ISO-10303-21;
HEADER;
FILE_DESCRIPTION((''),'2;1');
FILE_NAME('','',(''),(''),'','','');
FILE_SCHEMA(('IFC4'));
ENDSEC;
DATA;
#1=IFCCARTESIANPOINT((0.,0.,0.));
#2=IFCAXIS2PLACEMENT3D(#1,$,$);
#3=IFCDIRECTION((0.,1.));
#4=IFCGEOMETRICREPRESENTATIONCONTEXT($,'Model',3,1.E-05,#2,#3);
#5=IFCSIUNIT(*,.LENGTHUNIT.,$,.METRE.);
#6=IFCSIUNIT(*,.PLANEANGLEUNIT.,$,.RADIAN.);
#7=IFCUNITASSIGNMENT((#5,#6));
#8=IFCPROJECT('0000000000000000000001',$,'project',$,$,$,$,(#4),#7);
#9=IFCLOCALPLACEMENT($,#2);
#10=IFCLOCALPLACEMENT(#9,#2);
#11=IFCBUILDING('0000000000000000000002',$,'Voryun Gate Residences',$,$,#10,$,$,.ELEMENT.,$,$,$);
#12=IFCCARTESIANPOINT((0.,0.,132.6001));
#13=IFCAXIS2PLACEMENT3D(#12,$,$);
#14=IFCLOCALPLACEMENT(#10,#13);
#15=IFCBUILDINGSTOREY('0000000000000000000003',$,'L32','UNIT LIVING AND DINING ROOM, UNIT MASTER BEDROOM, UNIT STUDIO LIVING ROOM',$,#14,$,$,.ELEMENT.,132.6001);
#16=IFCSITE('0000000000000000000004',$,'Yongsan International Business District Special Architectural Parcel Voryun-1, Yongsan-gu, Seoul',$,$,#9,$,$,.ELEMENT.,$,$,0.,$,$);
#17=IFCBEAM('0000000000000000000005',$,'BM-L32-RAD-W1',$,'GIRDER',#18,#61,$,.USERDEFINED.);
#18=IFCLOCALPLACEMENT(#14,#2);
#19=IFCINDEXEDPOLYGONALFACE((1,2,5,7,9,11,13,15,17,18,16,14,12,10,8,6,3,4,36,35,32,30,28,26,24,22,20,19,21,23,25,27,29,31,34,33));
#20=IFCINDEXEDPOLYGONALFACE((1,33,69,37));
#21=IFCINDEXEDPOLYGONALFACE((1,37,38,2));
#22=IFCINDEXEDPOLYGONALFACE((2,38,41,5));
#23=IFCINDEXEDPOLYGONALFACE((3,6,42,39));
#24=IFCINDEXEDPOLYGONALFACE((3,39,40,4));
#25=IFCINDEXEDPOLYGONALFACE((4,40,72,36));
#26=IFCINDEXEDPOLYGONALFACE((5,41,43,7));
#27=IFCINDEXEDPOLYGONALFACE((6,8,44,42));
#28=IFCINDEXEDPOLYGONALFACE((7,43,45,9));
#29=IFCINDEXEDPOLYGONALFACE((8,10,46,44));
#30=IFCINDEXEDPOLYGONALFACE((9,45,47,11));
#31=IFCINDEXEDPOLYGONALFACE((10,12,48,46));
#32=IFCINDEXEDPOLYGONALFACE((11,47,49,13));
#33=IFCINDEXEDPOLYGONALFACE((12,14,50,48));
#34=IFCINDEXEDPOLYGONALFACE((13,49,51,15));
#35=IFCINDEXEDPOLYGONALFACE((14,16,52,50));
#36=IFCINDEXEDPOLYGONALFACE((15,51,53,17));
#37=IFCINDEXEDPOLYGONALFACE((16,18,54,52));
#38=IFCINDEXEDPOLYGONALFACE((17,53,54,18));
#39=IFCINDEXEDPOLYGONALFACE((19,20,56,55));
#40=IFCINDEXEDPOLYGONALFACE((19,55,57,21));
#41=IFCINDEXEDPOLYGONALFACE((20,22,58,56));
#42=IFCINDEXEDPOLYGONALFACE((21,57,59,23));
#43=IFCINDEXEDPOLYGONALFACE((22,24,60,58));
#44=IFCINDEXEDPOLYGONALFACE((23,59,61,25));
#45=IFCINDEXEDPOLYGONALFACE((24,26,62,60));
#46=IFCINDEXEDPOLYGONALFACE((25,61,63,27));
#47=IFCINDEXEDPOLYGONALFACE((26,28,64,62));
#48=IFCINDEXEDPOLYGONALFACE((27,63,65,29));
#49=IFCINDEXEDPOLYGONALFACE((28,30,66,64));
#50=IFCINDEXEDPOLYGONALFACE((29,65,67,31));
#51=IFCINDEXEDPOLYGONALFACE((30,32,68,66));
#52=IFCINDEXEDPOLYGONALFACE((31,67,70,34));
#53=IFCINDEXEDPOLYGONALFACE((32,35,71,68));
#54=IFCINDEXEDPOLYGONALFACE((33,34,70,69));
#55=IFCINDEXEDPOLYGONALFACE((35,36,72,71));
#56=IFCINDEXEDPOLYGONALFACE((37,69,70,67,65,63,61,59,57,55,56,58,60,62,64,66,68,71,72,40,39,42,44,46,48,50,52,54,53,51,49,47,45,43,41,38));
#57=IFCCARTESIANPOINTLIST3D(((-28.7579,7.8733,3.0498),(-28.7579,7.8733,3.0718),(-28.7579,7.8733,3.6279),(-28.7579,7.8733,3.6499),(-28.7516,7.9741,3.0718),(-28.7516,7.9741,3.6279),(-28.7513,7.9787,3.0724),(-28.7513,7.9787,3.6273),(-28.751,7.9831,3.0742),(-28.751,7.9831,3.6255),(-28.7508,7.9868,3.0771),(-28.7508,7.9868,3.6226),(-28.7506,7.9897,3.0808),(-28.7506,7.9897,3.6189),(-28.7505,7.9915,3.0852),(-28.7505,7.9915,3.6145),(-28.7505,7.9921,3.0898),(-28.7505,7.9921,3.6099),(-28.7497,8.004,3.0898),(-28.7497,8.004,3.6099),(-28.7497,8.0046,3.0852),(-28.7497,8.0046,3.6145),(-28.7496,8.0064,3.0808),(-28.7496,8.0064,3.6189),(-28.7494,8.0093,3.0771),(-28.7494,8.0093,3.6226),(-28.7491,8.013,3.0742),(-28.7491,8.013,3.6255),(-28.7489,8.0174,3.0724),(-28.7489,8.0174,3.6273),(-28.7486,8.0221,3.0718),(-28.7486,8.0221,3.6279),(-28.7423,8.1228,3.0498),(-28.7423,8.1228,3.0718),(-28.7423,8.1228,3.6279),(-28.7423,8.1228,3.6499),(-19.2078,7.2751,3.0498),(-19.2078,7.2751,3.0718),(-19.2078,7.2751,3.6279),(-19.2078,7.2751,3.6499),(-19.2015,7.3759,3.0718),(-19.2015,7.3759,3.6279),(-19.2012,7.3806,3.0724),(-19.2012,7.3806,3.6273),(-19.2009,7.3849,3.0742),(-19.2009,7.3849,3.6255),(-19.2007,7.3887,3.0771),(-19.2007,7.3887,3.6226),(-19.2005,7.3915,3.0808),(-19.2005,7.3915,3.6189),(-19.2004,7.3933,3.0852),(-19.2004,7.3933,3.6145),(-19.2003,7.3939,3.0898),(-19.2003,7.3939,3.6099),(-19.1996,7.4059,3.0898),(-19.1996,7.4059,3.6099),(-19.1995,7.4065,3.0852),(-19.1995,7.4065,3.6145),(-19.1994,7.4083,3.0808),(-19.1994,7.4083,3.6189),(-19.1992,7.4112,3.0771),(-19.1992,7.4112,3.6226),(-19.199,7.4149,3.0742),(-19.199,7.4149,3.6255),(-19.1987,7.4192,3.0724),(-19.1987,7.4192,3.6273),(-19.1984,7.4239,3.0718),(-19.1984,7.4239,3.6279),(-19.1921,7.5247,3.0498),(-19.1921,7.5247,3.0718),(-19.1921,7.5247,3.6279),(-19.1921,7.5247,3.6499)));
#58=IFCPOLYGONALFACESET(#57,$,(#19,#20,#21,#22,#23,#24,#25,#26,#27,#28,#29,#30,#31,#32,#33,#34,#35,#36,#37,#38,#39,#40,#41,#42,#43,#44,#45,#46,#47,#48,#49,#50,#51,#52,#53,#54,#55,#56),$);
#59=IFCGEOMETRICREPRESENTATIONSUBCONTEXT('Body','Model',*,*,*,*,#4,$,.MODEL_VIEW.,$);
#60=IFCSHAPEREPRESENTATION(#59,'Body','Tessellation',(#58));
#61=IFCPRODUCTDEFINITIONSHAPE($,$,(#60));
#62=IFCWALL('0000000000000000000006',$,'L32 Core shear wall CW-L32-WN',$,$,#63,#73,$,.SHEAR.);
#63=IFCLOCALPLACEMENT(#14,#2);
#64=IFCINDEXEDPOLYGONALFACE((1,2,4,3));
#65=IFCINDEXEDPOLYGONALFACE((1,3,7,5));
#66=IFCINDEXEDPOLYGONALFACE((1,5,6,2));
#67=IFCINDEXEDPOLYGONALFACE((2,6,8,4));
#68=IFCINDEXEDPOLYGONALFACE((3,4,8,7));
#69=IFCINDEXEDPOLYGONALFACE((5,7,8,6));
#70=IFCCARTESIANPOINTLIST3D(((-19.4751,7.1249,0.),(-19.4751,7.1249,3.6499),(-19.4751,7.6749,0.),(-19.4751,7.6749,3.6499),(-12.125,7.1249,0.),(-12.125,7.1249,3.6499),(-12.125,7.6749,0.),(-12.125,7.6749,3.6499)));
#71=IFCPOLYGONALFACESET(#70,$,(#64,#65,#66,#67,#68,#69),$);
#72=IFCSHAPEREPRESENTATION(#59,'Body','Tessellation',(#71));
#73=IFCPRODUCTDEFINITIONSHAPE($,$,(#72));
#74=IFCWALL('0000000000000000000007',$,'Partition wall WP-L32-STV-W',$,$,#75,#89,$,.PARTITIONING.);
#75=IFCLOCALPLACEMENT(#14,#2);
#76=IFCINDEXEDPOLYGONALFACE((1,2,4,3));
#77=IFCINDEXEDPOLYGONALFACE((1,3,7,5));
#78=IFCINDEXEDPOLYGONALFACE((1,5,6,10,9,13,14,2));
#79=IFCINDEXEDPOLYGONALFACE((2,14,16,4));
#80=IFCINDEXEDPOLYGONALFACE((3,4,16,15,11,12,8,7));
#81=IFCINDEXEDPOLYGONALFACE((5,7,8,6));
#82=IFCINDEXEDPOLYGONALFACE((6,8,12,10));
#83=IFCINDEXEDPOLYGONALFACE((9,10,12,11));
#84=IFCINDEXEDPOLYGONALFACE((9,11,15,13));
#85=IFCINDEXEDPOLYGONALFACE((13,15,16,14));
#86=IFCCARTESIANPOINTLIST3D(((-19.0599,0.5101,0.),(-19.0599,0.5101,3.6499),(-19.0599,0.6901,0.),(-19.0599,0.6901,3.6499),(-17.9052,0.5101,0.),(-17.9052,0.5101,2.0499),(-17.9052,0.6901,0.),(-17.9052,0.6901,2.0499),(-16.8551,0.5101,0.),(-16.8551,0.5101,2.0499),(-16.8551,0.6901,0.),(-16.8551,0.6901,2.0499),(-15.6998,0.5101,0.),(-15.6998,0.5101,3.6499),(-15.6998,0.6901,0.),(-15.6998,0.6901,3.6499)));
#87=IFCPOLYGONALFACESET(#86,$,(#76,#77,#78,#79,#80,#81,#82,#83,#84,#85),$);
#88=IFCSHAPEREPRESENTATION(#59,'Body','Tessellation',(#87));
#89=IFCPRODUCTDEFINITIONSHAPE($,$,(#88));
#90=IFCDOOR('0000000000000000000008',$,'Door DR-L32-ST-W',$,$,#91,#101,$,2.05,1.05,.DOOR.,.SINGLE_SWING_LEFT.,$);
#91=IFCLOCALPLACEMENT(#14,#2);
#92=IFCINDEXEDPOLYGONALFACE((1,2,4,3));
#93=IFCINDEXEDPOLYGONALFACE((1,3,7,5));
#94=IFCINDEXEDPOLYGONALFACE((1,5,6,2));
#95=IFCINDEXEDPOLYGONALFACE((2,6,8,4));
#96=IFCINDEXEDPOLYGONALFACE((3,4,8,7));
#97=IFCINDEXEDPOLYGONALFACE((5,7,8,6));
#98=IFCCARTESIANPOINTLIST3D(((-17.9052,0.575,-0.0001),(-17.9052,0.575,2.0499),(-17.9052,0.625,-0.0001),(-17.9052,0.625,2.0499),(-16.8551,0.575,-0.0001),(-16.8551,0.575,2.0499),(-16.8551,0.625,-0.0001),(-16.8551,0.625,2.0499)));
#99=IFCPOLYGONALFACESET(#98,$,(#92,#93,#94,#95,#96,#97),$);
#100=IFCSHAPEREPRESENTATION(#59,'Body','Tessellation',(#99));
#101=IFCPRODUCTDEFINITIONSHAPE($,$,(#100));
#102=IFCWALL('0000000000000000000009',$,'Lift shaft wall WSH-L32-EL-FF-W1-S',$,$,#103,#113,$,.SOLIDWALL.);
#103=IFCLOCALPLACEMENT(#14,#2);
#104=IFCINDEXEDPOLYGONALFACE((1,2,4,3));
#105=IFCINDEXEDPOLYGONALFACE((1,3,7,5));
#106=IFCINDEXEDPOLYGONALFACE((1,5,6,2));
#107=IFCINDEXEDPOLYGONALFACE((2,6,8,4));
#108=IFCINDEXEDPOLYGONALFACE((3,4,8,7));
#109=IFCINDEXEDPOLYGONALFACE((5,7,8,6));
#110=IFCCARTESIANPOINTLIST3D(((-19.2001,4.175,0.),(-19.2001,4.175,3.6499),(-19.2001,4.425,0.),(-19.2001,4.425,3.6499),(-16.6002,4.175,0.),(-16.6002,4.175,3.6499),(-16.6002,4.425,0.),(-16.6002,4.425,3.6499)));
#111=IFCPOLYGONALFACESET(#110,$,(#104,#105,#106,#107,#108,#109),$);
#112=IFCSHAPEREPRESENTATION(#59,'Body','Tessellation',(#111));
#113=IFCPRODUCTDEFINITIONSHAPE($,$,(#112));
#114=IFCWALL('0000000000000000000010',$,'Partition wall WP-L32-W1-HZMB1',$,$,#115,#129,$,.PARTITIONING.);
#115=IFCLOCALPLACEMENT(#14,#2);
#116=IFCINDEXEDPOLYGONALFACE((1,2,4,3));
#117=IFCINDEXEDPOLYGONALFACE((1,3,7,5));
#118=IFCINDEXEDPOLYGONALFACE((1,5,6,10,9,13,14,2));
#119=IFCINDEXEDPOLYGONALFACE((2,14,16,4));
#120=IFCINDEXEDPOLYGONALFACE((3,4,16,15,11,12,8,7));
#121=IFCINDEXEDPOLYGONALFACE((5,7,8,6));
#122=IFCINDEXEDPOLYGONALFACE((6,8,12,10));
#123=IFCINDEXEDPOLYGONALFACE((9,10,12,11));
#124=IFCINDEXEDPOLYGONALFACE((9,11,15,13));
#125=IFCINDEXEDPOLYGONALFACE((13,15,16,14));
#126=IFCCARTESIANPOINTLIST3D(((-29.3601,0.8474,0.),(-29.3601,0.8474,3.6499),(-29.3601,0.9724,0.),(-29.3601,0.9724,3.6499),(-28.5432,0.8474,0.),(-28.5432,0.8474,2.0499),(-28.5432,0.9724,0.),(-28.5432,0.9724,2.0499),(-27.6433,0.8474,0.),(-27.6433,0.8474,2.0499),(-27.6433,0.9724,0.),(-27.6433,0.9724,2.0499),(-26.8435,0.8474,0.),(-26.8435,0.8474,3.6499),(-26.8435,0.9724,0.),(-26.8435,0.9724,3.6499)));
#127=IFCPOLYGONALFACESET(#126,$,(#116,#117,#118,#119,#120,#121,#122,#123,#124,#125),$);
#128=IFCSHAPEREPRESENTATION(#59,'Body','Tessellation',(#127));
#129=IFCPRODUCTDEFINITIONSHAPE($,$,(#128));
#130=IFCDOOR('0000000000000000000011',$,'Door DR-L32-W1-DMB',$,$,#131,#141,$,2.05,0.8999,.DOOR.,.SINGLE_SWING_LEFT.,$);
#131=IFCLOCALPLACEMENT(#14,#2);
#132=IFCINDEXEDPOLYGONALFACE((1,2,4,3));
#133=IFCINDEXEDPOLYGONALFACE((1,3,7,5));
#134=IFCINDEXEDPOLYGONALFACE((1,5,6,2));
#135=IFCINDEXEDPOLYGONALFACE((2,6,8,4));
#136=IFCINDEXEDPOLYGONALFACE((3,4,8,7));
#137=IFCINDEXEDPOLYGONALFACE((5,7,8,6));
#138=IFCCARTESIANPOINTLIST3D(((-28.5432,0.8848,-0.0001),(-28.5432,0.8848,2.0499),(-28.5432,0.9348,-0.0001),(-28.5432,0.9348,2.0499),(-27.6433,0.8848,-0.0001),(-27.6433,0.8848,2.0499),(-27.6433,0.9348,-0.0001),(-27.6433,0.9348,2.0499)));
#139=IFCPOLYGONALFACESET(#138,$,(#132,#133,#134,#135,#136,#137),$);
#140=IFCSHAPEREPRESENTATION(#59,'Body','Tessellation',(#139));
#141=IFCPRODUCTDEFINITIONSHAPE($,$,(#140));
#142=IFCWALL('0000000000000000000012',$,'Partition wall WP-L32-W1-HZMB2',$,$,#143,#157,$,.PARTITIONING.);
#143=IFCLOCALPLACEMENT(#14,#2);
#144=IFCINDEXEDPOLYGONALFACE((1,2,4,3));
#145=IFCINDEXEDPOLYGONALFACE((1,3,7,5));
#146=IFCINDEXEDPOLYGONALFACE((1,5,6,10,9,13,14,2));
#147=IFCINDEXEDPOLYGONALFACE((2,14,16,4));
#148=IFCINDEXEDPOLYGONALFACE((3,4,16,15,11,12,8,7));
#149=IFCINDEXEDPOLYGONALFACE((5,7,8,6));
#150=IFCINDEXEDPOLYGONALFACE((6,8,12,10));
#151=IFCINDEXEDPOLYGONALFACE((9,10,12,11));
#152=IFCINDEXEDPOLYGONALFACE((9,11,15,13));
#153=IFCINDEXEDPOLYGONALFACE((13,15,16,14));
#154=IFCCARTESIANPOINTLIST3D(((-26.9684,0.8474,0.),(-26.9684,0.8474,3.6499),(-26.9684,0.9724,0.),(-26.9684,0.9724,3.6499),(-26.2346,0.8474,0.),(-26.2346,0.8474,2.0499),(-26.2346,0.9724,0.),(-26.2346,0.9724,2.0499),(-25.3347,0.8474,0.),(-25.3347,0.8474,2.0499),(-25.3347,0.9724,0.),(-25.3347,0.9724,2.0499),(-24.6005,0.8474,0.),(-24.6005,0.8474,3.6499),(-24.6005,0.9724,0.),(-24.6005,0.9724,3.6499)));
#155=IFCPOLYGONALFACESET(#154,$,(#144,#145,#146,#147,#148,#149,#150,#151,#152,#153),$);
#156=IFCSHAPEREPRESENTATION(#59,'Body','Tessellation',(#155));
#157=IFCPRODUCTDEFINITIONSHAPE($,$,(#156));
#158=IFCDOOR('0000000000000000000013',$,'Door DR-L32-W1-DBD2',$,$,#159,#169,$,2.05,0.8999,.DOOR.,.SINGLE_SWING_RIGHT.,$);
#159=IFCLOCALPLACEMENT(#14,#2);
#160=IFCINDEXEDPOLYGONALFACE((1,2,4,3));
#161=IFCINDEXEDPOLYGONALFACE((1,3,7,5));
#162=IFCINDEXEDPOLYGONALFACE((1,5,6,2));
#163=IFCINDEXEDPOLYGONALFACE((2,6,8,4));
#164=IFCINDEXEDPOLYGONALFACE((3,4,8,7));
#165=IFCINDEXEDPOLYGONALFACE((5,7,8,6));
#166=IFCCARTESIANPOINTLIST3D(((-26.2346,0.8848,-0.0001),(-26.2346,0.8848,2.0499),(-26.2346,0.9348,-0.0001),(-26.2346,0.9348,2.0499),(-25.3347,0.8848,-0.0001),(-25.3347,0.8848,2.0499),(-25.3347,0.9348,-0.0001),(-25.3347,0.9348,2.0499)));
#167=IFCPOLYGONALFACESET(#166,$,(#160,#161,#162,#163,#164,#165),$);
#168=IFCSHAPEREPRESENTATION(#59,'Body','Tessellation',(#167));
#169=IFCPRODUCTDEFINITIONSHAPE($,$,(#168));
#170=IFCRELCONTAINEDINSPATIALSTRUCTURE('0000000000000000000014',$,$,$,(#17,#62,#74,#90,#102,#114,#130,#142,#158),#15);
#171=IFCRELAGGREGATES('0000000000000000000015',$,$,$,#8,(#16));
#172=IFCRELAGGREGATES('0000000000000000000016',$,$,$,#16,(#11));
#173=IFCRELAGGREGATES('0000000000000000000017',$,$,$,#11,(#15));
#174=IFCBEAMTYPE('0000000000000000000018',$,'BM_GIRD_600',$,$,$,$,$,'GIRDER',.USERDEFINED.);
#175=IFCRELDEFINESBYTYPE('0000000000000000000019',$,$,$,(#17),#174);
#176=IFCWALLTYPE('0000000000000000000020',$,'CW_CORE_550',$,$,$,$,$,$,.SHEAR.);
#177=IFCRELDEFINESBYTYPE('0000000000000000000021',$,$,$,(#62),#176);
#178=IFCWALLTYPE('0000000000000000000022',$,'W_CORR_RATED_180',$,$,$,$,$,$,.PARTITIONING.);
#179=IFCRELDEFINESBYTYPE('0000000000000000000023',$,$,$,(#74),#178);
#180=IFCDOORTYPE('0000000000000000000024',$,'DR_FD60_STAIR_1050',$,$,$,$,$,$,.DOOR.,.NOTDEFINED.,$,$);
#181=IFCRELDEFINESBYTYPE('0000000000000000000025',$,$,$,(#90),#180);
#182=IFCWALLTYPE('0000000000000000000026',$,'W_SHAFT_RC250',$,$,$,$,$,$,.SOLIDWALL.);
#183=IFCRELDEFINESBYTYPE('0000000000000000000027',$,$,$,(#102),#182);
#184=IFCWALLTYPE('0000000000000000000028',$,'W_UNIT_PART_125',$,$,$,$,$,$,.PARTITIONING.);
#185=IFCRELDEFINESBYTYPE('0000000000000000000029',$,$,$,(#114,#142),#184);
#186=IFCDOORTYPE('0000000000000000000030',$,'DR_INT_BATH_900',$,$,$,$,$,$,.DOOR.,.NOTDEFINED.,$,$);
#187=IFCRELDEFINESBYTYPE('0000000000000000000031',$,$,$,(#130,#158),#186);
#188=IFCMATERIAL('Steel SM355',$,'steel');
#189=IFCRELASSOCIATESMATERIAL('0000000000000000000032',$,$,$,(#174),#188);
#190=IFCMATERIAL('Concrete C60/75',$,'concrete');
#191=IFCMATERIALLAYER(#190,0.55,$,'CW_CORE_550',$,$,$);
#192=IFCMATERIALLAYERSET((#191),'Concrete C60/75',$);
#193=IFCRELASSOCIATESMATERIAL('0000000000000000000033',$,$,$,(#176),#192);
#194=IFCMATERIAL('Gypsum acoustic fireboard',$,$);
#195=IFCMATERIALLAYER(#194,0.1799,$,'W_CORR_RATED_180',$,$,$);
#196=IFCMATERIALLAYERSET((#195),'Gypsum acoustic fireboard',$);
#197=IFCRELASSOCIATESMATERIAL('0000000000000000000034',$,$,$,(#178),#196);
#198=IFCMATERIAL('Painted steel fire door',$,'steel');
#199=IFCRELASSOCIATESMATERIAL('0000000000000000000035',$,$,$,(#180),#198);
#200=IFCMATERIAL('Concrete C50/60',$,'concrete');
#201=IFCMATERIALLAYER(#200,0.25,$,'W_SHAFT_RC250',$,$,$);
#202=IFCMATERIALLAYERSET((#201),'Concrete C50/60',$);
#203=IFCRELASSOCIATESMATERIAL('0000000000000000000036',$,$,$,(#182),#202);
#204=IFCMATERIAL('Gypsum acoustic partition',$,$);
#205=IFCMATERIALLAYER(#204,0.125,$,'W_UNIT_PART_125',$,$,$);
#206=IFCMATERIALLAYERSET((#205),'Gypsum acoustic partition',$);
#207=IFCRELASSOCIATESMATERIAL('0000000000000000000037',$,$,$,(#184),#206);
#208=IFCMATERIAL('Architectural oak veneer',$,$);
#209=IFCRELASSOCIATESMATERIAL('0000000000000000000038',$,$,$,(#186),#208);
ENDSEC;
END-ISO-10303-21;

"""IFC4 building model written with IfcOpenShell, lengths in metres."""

from ifc_helpers import new_model, si_unit, direction, frame, frame_2d, origin, origin_2d, place, context, subcontext, project, spatial, rectangle, i_section, extrude, material, layer, layer_set, material_profile, profile_set, type_object, element, fill, save


model = new_model("IFC4")

# Units and contexts
model_context = context("Model", 3, precision=1e-05, world=origin(), true_north=direction((0.0, 1.0)))
body_context = subcontext(model_context, "Body", "Model", "MODEL_VIEW")
ifc_project = project(units=[si_unit("LENGTHUNIT", "METRE"), si_unit("PLANEANGLEUNIT", "RADIAN")], contexts=[model_context])

# Site, building, storey
site_placement = place(None, origin())
site = spatial("IfcSite", under=ifc_project, at=site_placement, Name="Yongsan International Business District Special Architectural Parcel Voryun-1, Yongsan-gu, Seoul", CompositionType="ELEMENT", RefElevation=0.0)
building_placement = place(site_placement, origin())
building = spatial("IfcBuilding", under=site, at=building_placement, Name="Voryun Gate Residences", CompositionType="ELEMENT")
storey_placement = place(building_placement, frame((0.0, 0.0, 132.6001)))
storey = spatial("IfcBuildingStorey", under=building, at=storey_placement, Name="L32", Description="UNIT LIVING AND DINING ROOM, UNIT MASTER BEDROOM, UNIT STUDIO LIVING ROOM", CompositionType="ELEMENT", Elevation=132.6001)

# Beam
ifc_material_1 = material(Name="Steel SM355", Category="steel")
ifc_material_profile_1 = material_profile(ifc_material_1, i_section(OverallWidth=0.25, OverallDepth=0.6001, WebThickness=0.012, FlangeThickness=0.022, FilletRadius=0.0181, at=origin_2d()), Name="H-600x250x12x22")
ifc_profile_set_1 = profile_set([ifc_material_profile_1], Name="Steel SM355")
beam_type_1 = type_object("IfcBeamType", Name="BM_GIRD_600", ElementType="GIRDER", PredefinedType="USERDEFINED", material=ifc_profile_set_1)
beam_1_placement = place(storey_placement, frame((-19.2, 7.3999, 3.3499), z_axis=(-0.998044, 0.06251, 0.0), x_axis=(-0.06251, -0.998044, 0.0)))
element("IfcBeam", 1, at=beam_1_placement, inside=storey, type_object=beam_type_1, Name="BM-L32-RAD-W1", ObjectType="GIRDER", PredefinedType="USERDEFINED", context=body_context, shape_type="SweptSolid", body=[
    extrude(i_section(OverallWidth=0.25, OverallDepth=0.6001, WebThickness=0.012, FlangeThickness=0.022, FilletRadius=0.0181, at=origin_2d()), origin(), (0.0, 0.0, 1.0), 9.5688),
])

# Wall
ifc_material_2 = material(Name="Concrete C60/75", Category="concrete")
ifc_layer_1 = layer(ifc_material_2, 0.55, Name="CW_CORE_550")
ifc_layer_set_1 = layer_set([ifc_layer_1], Name="Concrete C60/75")
wall_type_1 = type_object("IfcWallType", Name="CW_CORE_550", PredefinedType="SHEAR", material=ifc_layer_set_1)
wall_1_placement = place(storey_placement, frame((-19.4751, 7.3999, 0.0), z_axis=(0.0, 0.0, 1.0), x_axis=(1.0, 0.0, 0.0)))
element("IfcWall", 2, at=wall_1_placement, inside=storey, type_object=wall_type_1, Name="L32 Core shear wall CW-L32-WN", PredefinedType="SHEAR", context=body_context, shape_type="SweptSolid", body=[
    extrude(rectangle(XDim=7.3501, YDim=0.55, at=frame_2d((3.675, 0.0))), origin(), (0.0, 0.0, 1.0), 3.6499),
])

# Wall, opening, door
ifc_material_3 = material(Name="Gypsum acoustic fireboard")
ifc_layer_2 = layer(ifc_material_3, 0.1799, Name="W_CORR_RATED_180")
ifc_layer_set_2 = layer_set([ifc_layer_2], Name="Gypsum acoustic fireboard")
wall_type_2 = type_object("IfcWallType", Name="W_CORR_RATED_180", PredefinedType="PARTITIONING", material=ifc_layer_set_2)
wall_2_placement = place(storey_placement, frame((-19.0601, 0.6001, 0.0), z_axis=(0.0, 0.0, 1.0), x_axis=(1.0, 0.0, 0.0)))
wall_2 = element("IfcWall", 3, at=wall_2_placement, inside=storey, type_object=wall_type_2, Name="Partition wall WP-L32-STV-W", PredefinedType="PARTITIONING", context=body_context, shape_type="SweptSolid", body=[
    extrude(rectangle(XDim=3.3601, YDim=0.1799, at=frame_2d((1.6802, 0.0))), origin(), (0.0, 0.0, 1.0), 3.6499),
])
opening_1_placement = place(wall_2_placement, frame((1.155, 0.0, 0.0)))
opening_1 = element("IfcOpeningElement", 4, at=opening_1_placement, cuts=wall_2, PredefinedType="OPENING", context=body_context, shape_type="SweptSolid", body=[
    extrude(rectangle(XDim=1.05, YDim=2.05, at=frame_2d((0.5249, 1.0249))), frame((0.0, 0.0999, 0.0), z_axis=(0.0, -1.0, 0.0), x_axis=(1.0, 0.0, 0.0)), (0.0, 0.0, 1.0), 0.2),
])
ifc_material_4 = material(Name="Painted steel fire door", Category="steel")
door_type_1 = type_object("IfcDoorType", Name="DR_FD60_STAIR_1050", OperationType="NOTDEFINED", PredefinedType="DOOR", material=ifc_material_4)
door_1_placement = place(opening_1_placement, origin())
door_1 = element("IfcDoor", 5, at=door_1_placement, inside=storey, type_object=door_type_1, Name="Door DR-L32-ST-W", OperationType="SINGLE_SWING_LEFT", OverallHeight=2.05, OverallWidth=1.05, PredefinedType="DOOR", context=body_context, shape_type="SweptSolid", body=[
    extrude(rectangle(XDim=1.05, YDim=2.05, at=frame_2d((0.5249, 1.0249))), frame((0.0, 0.0249, 0.0), z_axis=(0.0, -1.0, 0.0), x_axis=(1.0, 0.0, 0.0)), (0.0, 0.0, 1.0), 0.05),
])
fill(opening_1, door_1)

# Wall
ifc_material_5 = material(Name="Concrete C50/60", Category="concrete")
ifc_layer_3 = layer(ifc_material_5, 0.25, Name="W_SHAFT_RC250")
ifc_layer_set_3 = layer_set([ifc_layer_3], Name="Concrete C50/60")
wall_type_3 = type_object("IfcWallType", Name="W_SHAFT_RC250", PredefinedType="SOLIDWALL", material=ifc_layer_set_3)
wall_3_placement = place(storey_placement, frame((-19.2, 4.3, 0.0), z_axis=(0.0, 0.0, 1.0), x_axis=(1.0, 0.0, 0.0)))
element("IfcWall", 6, at=wall_3_placement, inside=storey, type_object=wall_type_3, Name="Lift shaft wall WSH-L32-EL-FF-W1-S", PredefinedType="SOLIDWALL", context=body_context, shape_type="SweptSolid", body=[
    extrude(rectangle(XDim=2.5999, YDim=0.25, at=frame_2d((1.2998, 0.0))), origin(), (0.0, 0.0, 1.0), 3.6499),
])

# Walls, openings, doors
ifc_material_6 = material(Name="Gypsum acoustic partition")
ifc_layer_4 = layer(ifc_material_6, 0.125, Name="W_UNIT_PART_125")
ifc_layer_set_4 = layer_set([ifc_layer_4], Name="Gypsum acoustic partition")
wall_type_4 = type_object("IfcWallType", Name="W_UNIT_PART_125", PredefinedType="PARTITIONING", material=ifc_layer_set_4)
wall_4_placement = place(storey_placement, frame((-29.3601, 0.9099, 0.0), z_axis=(0.0, 0.0, 1.0), x_axis=(1.0, 0.0, 0.0)))
wall_4 = element("IfcWall", 7, at=wall_4_placement, inside=storey, type_object=wall_type_4, Name="Partition wall WP-L32-W1-HZMB1", PredefinedType="PARTITIONING", context=body_context, shape_type="SweptSolid", body=[
    extrude(rectangle(XDim=2.5166, YDim=0.125, at=frame_2d((1.2583, 0.0))), origin(), (0.0, 0.0, 1.0), 3.6499),
])
opening_2_placement = place(wall_4_placement, frame((0.8169, 0.0, 0.0)))
opening_2 = element("IfcOpeningElement", 8, at=opening_2_placement, cuts=wall_4, PredefinedType="OPENING", context=body_context, shape_type="SweptSolid", body=[
    extrude(rectangle(XDim=0.8999, YDim=2.05, at=frame_2d((0.45, 1.0249))), frame((0.0, 0.0725, 0.0), z_axis=(0.0, -1.0, 0.0), x_axis=(1.0, 0.0, 0.0)), (0.0, 0.0, 1.0), 0.145),
])
ifc_material_7 = material(Name="Architectural oak veneer")
door_type_2 = type_object("IfcDoorType", Name="DR_INT_BATH_900", OperationType="NOTDEFINED", PredefinedType="DOOR", material=ifc_material_7)
door_2_placement = place(opening_2_placement, origin())
door_2 = element("IfcDoor", 9, at=door_2_placement, inside=storey, type_object=door_type_2, Name="Door DR-L32-W1-DMB", OperationType="SINGLE_SWING_LEFT", OverallHeight=2.05, OverallWidth=0.8999, PredefinedType="DOOR", context=body_context, shape_type="SweptSolid", body=[
    extrude(rectangle(XDim=0.8999, YDim=2.05, at=frame_2d((0.45, 1.0249))), frame((0.0, 0.0249, 0.0), z_axis=(0.0, -1.0, 0.0), x_axis=(1.0, 0.0, 0.0)), (0.0, 0.0, 1.0), 0.05),
])
fill(opening_2, door_2)
wall_5_placement = place(storey_placement, frame((-26.9685, 0.9099, 0.0), z_axis=(0.0, 0.0, 1.0), x_axis=(1.0, 0.0, 0.0)))
wall_5 = element("IfcWall", 10, at=wall_5_placement, inside=storey, type_object=wall_type_4, Name="Partition wall WP-L32-W1-HZMB2", PredefinedType="PARTITIONING", context=body_context, shape_type="SweptSolid", body=[
    extrude(rectangle(XDim=2.3679, YDim=0.125, at=frame_2d((1.1841, 0.0))), origin(), (0.0, 0.0, 1.0), 3.6499),
])
opening_3_placement = place(wall_5_placement, frame((0.7339, 0.0, 0.0)))
opening_3 = element("IfcOpeningElement", 11, at=opening_3_placement, cuts=wall_5, PredefinedType="OPENING", context=body_context, shape_type="SweptSolid", body=[
    extrude(rectangle(XDim=0.8999, YDim=2.05, at=frame_2d((0.45, 1.0249))), frame((0.0, 0.0725, 0.0), z_axis=(0.0, -1.0, 0.0), x_axis=(1.0, 0.0, 0.0)), (0.0, 0.0, 1.0), 0.145),
])
door_3_placement = place(opening_3_placement, origin())
door_3 = element("IfcDoor", 12, at=door_3_placement, inside=storey, type_object=door_type_2, Name="Door DR-L32-W1-DBD2", OperationType="SINGLE_SWING_RIGHT", OverallHeight=2.05, OverallWidth=0.8999, PredefinedType="DOOR", context=body_context, shape_type="SweptSolid", body=[
    extrude(rectangle(XDim=0.8999, YDim=2.05, at=frame_2d((0.45, 1.0249))), frame((0.0, 0.0249, 0.0), z_axis=(0.0, -1.0, 0.0), x_axis=(1.0, 0.0, 0.0)), (0.0, 0.0, 1.0), 0.05),
])
fill(opening_3, door_3)

save(model, "model.ifc")
